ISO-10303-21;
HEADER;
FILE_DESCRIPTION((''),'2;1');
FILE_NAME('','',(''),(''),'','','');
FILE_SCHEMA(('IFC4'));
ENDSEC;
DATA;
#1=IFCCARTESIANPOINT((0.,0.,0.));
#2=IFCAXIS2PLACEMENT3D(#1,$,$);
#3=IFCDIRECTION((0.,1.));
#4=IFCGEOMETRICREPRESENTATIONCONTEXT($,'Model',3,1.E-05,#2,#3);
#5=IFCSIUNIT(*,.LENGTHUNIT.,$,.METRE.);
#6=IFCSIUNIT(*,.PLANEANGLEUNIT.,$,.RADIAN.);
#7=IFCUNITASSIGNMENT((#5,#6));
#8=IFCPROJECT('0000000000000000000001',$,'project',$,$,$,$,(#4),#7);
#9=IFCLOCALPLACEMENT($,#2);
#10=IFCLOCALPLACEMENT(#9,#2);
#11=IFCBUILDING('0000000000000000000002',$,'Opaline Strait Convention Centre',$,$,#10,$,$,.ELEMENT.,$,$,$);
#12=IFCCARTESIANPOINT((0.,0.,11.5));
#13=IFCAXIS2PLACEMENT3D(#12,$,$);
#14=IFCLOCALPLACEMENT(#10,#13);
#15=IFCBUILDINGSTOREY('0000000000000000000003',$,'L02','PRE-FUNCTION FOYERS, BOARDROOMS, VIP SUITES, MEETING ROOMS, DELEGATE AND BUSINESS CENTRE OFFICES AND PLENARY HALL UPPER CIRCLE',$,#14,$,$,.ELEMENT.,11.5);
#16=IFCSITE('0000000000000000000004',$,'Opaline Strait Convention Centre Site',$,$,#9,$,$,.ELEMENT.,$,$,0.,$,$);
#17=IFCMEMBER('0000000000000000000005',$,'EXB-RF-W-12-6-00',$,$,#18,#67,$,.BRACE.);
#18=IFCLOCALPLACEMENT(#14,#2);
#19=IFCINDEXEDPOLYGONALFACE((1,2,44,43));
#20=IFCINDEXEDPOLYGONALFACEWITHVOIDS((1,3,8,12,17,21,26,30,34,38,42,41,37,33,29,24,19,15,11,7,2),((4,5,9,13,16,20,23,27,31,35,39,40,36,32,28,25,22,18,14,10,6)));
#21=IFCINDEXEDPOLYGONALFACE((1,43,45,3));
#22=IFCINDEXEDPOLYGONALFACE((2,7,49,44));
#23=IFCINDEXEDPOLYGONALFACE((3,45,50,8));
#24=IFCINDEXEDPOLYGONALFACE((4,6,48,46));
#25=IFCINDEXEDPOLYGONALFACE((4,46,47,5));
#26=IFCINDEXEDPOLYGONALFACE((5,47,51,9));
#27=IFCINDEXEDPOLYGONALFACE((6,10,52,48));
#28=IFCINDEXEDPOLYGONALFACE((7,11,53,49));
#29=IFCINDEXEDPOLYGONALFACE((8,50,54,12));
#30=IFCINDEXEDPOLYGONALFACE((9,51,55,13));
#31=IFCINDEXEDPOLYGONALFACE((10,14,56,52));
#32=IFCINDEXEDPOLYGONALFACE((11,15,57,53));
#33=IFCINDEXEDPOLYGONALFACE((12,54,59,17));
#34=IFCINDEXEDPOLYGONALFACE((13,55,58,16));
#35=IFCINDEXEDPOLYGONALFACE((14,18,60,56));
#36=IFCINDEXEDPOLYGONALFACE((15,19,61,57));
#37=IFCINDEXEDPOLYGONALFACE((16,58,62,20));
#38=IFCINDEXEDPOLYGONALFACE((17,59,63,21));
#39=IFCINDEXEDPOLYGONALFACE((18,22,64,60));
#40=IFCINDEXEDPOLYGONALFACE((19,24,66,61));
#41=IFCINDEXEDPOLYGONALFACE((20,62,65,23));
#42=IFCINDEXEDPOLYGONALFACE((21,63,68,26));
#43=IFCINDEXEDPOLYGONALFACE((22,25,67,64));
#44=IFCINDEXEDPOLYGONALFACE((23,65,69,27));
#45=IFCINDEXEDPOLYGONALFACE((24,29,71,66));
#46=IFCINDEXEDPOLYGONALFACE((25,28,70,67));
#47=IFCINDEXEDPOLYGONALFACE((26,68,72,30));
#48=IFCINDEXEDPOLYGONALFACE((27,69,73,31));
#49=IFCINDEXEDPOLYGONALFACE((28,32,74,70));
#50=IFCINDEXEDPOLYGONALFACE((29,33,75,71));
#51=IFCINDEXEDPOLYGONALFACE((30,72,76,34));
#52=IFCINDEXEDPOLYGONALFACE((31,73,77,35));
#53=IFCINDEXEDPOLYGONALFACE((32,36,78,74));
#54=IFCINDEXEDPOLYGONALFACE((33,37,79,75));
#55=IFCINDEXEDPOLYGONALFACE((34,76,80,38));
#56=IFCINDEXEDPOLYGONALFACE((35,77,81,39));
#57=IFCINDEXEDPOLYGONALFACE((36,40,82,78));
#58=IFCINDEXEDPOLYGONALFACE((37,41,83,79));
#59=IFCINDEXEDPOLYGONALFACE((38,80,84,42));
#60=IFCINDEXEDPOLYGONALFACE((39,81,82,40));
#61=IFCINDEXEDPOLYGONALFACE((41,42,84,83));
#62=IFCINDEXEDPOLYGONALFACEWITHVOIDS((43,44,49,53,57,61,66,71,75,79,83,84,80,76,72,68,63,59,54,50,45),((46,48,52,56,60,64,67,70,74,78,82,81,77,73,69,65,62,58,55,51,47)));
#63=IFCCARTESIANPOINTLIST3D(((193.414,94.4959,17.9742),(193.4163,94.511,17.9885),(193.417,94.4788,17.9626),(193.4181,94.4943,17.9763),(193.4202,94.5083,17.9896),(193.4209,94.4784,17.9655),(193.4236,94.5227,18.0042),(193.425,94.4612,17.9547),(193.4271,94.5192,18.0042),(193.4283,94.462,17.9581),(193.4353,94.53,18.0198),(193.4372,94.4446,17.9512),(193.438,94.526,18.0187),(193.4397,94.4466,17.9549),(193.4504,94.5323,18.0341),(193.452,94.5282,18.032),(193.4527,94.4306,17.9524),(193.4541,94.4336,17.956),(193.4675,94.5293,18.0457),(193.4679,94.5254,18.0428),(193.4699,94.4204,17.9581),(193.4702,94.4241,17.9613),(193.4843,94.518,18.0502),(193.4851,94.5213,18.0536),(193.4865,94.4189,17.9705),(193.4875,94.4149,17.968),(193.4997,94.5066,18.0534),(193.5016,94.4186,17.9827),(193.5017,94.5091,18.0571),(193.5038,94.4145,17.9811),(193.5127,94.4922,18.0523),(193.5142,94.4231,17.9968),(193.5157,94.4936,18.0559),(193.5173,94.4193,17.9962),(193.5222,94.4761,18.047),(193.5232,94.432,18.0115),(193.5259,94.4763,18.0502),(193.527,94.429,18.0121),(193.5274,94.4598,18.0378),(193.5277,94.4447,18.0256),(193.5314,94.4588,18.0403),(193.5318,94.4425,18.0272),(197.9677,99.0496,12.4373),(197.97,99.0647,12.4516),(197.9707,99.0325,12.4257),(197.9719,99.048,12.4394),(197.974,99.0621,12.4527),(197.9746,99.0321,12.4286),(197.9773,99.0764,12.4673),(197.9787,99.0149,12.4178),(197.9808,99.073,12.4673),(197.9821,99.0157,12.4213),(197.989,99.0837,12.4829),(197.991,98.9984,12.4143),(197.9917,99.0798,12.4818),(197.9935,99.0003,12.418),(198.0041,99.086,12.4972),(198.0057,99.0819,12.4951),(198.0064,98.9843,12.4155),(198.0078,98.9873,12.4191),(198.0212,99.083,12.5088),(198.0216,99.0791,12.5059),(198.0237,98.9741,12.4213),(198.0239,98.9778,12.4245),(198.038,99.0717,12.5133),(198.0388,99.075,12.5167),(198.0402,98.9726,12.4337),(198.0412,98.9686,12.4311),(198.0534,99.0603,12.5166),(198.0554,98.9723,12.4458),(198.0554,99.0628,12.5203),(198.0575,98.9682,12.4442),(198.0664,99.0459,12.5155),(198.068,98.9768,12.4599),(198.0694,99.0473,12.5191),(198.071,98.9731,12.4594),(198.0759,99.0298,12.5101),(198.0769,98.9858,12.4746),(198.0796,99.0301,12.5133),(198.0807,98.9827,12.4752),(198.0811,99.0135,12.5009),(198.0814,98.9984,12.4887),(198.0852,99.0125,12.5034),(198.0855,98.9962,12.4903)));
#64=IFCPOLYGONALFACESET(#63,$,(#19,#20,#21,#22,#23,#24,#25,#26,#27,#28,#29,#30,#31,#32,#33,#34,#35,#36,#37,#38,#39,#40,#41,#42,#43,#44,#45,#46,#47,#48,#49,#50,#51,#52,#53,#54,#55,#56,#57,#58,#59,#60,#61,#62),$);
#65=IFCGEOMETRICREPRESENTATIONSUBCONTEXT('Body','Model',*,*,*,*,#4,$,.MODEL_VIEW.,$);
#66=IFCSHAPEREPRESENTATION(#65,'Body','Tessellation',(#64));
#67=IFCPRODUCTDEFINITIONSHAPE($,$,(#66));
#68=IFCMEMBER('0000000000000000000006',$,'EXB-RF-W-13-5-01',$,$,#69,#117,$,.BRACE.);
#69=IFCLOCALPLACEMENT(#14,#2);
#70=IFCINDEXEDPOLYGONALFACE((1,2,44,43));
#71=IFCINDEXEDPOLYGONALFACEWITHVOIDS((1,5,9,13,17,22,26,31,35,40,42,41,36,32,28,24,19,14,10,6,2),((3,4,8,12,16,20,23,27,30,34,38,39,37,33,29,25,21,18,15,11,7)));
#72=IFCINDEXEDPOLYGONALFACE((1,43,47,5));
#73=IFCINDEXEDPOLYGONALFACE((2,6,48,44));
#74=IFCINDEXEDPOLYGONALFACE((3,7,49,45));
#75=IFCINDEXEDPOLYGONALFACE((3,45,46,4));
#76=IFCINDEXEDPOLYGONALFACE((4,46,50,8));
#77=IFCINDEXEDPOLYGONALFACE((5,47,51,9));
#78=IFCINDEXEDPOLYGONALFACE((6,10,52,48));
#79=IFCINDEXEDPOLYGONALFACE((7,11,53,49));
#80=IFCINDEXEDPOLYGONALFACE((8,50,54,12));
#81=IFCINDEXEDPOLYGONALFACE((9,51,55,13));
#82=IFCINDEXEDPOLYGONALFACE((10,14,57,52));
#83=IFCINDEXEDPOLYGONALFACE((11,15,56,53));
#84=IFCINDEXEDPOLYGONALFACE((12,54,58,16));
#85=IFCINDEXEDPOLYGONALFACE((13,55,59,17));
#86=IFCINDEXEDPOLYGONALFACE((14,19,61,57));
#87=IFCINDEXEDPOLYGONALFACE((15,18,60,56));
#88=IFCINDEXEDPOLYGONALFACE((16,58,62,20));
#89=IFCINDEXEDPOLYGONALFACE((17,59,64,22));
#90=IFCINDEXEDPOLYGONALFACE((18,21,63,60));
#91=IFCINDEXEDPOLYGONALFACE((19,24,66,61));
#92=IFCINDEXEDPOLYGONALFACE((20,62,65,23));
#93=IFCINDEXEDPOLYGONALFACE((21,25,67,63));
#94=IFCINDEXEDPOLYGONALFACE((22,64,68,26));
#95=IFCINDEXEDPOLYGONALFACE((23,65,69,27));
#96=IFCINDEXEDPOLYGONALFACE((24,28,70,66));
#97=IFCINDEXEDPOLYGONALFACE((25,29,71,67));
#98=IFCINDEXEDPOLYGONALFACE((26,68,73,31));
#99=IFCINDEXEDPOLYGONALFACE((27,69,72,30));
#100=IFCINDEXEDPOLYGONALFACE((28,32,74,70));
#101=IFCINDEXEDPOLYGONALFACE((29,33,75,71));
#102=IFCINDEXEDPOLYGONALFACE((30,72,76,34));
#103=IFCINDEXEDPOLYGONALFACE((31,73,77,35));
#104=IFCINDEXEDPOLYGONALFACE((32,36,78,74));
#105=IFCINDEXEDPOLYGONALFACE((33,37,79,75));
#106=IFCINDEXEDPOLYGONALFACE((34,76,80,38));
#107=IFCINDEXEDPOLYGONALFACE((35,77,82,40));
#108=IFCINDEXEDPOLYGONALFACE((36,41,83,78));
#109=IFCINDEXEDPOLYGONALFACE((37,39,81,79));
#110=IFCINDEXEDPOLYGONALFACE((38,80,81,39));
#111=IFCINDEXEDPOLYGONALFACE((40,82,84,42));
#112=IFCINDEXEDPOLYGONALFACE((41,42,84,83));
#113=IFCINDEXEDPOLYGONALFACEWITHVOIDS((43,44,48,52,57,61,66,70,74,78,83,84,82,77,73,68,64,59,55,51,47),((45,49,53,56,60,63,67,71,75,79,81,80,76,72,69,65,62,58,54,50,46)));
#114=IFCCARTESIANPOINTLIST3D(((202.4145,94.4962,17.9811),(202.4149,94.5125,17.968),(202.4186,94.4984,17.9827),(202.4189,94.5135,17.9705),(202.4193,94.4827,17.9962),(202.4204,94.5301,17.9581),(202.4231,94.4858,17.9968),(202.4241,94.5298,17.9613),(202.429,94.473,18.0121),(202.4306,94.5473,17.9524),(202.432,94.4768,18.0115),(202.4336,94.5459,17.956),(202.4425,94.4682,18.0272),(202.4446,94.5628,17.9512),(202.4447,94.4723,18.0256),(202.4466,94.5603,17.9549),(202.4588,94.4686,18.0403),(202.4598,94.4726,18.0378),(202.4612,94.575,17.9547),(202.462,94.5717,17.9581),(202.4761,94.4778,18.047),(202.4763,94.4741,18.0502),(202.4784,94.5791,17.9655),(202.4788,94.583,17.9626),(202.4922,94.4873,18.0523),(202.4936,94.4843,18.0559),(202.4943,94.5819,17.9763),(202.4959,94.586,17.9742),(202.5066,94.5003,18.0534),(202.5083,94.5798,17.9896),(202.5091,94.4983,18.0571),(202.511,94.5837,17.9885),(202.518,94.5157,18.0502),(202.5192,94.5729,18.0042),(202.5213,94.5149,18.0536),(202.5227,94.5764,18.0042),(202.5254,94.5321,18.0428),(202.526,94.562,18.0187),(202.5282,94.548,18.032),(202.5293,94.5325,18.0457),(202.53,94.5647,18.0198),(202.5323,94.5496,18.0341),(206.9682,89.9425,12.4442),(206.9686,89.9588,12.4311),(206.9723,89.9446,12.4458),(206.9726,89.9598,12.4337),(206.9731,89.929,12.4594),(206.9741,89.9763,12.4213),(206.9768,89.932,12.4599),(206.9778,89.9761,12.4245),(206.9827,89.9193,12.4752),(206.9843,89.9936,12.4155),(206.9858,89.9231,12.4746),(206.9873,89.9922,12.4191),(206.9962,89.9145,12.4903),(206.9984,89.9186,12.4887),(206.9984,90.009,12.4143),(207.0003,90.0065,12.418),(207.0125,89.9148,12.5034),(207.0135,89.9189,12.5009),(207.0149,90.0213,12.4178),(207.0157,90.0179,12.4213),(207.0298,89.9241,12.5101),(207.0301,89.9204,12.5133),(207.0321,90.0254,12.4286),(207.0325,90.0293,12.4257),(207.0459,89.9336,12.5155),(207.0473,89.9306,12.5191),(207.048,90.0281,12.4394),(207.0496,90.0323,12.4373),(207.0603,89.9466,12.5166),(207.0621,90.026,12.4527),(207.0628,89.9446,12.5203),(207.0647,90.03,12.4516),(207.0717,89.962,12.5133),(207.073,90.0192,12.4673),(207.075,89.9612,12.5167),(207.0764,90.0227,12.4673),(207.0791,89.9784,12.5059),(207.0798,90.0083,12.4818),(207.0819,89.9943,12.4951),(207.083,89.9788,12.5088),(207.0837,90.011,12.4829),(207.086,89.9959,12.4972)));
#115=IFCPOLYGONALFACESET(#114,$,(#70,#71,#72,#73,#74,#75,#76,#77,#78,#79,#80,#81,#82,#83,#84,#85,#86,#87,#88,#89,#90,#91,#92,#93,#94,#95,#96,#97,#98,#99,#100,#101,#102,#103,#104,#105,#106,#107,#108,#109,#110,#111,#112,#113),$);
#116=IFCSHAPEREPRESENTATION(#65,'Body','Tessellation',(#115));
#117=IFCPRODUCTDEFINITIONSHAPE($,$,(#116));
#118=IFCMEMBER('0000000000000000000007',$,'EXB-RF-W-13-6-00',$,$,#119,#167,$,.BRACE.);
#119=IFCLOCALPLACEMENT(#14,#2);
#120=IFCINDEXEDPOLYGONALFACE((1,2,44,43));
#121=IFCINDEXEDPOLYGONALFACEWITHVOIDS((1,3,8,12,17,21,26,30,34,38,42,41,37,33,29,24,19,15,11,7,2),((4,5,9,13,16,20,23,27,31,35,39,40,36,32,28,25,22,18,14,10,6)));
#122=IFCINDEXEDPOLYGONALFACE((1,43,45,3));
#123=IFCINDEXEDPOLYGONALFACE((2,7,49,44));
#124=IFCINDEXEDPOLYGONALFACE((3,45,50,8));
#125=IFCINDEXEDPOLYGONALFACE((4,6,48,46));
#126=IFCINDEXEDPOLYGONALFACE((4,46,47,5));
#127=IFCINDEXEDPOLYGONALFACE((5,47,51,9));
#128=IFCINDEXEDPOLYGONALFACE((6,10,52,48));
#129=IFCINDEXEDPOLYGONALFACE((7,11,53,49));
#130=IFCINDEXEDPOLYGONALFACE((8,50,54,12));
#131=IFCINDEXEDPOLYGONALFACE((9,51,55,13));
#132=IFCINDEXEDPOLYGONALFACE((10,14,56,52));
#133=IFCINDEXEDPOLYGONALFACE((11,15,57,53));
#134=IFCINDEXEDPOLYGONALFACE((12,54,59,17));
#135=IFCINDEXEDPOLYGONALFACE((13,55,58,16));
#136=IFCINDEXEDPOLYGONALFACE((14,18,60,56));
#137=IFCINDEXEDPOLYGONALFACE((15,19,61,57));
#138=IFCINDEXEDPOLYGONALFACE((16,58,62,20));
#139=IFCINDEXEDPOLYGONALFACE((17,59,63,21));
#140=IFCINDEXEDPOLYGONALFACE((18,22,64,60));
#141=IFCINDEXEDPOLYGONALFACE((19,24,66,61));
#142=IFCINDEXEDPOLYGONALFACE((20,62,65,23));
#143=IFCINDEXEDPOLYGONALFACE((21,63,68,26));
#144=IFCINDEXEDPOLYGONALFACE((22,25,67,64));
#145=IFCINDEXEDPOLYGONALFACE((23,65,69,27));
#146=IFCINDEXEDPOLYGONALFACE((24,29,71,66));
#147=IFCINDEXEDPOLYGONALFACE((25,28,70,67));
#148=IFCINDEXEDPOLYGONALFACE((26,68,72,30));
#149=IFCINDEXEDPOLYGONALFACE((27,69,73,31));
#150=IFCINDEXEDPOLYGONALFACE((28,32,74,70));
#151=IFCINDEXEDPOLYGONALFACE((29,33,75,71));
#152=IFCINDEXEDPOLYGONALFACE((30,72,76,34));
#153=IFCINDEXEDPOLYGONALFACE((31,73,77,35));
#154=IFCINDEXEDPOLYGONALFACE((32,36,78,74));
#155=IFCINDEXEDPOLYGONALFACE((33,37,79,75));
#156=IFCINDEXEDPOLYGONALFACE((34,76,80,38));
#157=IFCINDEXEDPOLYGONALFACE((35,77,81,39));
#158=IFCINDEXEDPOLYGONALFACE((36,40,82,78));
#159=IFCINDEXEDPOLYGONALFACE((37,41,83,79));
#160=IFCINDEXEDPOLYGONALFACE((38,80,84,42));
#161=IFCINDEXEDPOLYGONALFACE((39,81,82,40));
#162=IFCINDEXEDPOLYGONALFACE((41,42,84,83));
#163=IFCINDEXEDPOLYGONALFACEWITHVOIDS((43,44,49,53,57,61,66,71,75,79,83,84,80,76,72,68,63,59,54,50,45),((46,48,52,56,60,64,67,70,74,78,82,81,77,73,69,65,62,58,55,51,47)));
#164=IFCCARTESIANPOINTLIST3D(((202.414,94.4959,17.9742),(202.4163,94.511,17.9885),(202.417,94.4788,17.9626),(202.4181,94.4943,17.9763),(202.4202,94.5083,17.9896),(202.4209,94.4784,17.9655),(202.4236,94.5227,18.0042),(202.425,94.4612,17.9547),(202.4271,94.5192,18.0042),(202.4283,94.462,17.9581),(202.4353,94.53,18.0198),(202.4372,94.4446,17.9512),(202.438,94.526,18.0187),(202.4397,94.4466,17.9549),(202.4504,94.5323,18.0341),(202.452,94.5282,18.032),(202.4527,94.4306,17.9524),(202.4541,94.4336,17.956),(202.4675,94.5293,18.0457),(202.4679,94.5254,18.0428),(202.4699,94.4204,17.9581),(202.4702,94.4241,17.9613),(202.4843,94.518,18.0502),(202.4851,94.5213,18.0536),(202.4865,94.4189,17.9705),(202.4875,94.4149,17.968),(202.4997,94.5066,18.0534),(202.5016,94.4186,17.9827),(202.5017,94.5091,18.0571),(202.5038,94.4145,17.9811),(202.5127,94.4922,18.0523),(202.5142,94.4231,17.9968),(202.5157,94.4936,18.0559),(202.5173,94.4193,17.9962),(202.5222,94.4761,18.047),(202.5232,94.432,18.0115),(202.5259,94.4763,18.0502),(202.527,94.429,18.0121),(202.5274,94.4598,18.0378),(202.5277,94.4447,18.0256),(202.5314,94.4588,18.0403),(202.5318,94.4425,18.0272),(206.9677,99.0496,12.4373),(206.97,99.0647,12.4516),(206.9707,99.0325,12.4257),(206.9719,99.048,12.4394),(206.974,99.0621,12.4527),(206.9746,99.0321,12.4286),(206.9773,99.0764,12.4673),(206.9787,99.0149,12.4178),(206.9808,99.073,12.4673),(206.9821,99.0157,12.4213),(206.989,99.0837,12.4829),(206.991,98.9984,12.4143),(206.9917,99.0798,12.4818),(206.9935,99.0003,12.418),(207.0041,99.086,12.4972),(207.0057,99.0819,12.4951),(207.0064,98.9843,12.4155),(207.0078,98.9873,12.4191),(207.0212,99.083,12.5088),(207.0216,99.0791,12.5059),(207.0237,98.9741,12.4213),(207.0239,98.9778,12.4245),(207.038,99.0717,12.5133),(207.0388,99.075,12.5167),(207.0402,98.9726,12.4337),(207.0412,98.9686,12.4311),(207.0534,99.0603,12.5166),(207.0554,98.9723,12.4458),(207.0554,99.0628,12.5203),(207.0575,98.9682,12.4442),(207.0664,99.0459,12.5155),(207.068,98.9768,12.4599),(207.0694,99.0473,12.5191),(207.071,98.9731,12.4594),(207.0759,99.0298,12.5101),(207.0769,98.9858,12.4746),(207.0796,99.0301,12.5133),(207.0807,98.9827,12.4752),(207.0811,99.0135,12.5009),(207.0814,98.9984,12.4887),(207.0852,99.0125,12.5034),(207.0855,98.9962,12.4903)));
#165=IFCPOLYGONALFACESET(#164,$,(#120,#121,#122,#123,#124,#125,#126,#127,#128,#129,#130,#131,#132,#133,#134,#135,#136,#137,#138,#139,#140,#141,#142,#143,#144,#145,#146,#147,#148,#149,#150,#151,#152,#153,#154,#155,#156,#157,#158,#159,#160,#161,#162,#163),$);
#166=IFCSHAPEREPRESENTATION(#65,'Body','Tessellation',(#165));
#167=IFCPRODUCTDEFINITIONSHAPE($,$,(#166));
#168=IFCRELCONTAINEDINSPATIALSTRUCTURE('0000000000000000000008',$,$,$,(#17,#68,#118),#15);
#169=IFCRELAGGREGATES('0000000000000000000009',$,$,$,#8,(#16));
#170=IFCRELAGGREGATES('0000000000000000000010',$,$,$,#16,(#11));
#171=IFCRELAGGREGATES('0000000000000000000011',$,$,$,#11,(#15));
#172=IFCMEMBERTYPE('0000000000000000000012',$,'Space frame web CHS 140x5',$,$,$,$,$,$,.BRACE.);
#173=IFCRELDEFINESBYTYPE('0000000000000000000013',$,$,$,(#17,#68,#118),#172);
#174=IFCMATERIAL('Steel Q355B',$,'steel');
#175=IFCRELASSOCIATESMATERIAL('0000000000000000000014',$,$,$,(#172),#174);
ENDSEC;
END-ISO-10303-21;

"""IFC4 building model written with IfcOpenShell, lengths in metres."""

from ifc_helpers import new_model, si_unit, direction, frame, origin, origin_2d, place, context, subcontext, project, spatial, hollow_circle, extrude, material, material_profile, profile_set, type_object, element, save


model = new_model("IFC4")

# Units and contexts
model_context = context("Model", 3, precision=1e-05, world=origin(), true_north=direction((0.0, 1.0)))
body_context = subcontext(model_context, "Body", "Model", "MODEL_VIEW")
ifc_project = project(units=[si_unit("LENGTHUNIT", "METRE"), si_unit("PLANEANGLEUNIT", "RADIAN")], contexts=[model_context])

# Site, building, storey
site_placement = place(None, origin())
site = spatial("IfcSite", under=ifc_project, at=site_placement, Name="Opaline Strait Convention Centre Site", CompositionType="ELEMENT", RefElevation=0.0)
building_placement = place(site_placement, origin())
building = spatial("IfcBuilding", under=site, at=building_placement, Name="Opaline Strait Convention Centre", CompositionType="ELEMENT")
storey_placement = place(building_placement, frame((0.0, 0.0, 11.5)))
storey = spatial("IfcBuildingStorey", under=building, at=storey_placement, Name="L02", Description="PRE-FUNCTION FOYERS, BOARDROOMS, VIP SUITES, MEETING ROOMS, DELEGATE AND BUSINESS CENTRE OFFICES AND PLENARY HALL UPPER CIRCLE", CompositionType="ELEMENT", Elevation=11.5)

# Members
ifc_material = material(Name="Steel Q355B", Category="steel")
ifc_material_profile_1 = material_profile(ifc_material, hollow_circle(Radius=0.0701, WallThickness=0.0049, at=origin_2d()), Name="CHS 140x5")
ifc_profile_set_1 = profile_set([ifc_material_profile_1], Name="Steel Q355B")
member_type_1 = type_object("IfcMemberType", Name="Space frame web CHS 140x5", PredefinedType="BRACE", material=ifc_profile_set_1)
for number, where, z_axis, x_axis, name in (
    (1, (193.4731, 94.4731, 18.0042), (0.536178, 0.536178, -0.65194), (-0.707107, 0.707107, 0.0), "EXB-RF-W-12-6-00"),
    (2, (202.4731, 94.5269, 18.0042), (0.536178, -0.536178, -0.65194), (0.707107, 0.707107, 0.0), "EXB-RF-W-13-5-01"),
    (3, (202.4731, 94.4731, 18.0042), (0.536178, 0.536178, -0.65194), (-0.707107, 0.707107, 0.0), "EXB-RF-W-13-6-00"),
):
    element("IfcMember", number, at=place(storey_placement, frame(where, z_axis=z_axis, x_axis=x_axis)), inside=storey, type_object=member_type_1, Name=name, PredefinedType="BRACE", context=body_context, shape_type="SweptSolid", body=[
        extrude(hollow_circle(Radius=0.0701, WallThickness=0.0049, at=origin_2d()), origin(), (0.0, 0.0, 1.0), 8.4929),
    ])

save(model, "model.ifc")
